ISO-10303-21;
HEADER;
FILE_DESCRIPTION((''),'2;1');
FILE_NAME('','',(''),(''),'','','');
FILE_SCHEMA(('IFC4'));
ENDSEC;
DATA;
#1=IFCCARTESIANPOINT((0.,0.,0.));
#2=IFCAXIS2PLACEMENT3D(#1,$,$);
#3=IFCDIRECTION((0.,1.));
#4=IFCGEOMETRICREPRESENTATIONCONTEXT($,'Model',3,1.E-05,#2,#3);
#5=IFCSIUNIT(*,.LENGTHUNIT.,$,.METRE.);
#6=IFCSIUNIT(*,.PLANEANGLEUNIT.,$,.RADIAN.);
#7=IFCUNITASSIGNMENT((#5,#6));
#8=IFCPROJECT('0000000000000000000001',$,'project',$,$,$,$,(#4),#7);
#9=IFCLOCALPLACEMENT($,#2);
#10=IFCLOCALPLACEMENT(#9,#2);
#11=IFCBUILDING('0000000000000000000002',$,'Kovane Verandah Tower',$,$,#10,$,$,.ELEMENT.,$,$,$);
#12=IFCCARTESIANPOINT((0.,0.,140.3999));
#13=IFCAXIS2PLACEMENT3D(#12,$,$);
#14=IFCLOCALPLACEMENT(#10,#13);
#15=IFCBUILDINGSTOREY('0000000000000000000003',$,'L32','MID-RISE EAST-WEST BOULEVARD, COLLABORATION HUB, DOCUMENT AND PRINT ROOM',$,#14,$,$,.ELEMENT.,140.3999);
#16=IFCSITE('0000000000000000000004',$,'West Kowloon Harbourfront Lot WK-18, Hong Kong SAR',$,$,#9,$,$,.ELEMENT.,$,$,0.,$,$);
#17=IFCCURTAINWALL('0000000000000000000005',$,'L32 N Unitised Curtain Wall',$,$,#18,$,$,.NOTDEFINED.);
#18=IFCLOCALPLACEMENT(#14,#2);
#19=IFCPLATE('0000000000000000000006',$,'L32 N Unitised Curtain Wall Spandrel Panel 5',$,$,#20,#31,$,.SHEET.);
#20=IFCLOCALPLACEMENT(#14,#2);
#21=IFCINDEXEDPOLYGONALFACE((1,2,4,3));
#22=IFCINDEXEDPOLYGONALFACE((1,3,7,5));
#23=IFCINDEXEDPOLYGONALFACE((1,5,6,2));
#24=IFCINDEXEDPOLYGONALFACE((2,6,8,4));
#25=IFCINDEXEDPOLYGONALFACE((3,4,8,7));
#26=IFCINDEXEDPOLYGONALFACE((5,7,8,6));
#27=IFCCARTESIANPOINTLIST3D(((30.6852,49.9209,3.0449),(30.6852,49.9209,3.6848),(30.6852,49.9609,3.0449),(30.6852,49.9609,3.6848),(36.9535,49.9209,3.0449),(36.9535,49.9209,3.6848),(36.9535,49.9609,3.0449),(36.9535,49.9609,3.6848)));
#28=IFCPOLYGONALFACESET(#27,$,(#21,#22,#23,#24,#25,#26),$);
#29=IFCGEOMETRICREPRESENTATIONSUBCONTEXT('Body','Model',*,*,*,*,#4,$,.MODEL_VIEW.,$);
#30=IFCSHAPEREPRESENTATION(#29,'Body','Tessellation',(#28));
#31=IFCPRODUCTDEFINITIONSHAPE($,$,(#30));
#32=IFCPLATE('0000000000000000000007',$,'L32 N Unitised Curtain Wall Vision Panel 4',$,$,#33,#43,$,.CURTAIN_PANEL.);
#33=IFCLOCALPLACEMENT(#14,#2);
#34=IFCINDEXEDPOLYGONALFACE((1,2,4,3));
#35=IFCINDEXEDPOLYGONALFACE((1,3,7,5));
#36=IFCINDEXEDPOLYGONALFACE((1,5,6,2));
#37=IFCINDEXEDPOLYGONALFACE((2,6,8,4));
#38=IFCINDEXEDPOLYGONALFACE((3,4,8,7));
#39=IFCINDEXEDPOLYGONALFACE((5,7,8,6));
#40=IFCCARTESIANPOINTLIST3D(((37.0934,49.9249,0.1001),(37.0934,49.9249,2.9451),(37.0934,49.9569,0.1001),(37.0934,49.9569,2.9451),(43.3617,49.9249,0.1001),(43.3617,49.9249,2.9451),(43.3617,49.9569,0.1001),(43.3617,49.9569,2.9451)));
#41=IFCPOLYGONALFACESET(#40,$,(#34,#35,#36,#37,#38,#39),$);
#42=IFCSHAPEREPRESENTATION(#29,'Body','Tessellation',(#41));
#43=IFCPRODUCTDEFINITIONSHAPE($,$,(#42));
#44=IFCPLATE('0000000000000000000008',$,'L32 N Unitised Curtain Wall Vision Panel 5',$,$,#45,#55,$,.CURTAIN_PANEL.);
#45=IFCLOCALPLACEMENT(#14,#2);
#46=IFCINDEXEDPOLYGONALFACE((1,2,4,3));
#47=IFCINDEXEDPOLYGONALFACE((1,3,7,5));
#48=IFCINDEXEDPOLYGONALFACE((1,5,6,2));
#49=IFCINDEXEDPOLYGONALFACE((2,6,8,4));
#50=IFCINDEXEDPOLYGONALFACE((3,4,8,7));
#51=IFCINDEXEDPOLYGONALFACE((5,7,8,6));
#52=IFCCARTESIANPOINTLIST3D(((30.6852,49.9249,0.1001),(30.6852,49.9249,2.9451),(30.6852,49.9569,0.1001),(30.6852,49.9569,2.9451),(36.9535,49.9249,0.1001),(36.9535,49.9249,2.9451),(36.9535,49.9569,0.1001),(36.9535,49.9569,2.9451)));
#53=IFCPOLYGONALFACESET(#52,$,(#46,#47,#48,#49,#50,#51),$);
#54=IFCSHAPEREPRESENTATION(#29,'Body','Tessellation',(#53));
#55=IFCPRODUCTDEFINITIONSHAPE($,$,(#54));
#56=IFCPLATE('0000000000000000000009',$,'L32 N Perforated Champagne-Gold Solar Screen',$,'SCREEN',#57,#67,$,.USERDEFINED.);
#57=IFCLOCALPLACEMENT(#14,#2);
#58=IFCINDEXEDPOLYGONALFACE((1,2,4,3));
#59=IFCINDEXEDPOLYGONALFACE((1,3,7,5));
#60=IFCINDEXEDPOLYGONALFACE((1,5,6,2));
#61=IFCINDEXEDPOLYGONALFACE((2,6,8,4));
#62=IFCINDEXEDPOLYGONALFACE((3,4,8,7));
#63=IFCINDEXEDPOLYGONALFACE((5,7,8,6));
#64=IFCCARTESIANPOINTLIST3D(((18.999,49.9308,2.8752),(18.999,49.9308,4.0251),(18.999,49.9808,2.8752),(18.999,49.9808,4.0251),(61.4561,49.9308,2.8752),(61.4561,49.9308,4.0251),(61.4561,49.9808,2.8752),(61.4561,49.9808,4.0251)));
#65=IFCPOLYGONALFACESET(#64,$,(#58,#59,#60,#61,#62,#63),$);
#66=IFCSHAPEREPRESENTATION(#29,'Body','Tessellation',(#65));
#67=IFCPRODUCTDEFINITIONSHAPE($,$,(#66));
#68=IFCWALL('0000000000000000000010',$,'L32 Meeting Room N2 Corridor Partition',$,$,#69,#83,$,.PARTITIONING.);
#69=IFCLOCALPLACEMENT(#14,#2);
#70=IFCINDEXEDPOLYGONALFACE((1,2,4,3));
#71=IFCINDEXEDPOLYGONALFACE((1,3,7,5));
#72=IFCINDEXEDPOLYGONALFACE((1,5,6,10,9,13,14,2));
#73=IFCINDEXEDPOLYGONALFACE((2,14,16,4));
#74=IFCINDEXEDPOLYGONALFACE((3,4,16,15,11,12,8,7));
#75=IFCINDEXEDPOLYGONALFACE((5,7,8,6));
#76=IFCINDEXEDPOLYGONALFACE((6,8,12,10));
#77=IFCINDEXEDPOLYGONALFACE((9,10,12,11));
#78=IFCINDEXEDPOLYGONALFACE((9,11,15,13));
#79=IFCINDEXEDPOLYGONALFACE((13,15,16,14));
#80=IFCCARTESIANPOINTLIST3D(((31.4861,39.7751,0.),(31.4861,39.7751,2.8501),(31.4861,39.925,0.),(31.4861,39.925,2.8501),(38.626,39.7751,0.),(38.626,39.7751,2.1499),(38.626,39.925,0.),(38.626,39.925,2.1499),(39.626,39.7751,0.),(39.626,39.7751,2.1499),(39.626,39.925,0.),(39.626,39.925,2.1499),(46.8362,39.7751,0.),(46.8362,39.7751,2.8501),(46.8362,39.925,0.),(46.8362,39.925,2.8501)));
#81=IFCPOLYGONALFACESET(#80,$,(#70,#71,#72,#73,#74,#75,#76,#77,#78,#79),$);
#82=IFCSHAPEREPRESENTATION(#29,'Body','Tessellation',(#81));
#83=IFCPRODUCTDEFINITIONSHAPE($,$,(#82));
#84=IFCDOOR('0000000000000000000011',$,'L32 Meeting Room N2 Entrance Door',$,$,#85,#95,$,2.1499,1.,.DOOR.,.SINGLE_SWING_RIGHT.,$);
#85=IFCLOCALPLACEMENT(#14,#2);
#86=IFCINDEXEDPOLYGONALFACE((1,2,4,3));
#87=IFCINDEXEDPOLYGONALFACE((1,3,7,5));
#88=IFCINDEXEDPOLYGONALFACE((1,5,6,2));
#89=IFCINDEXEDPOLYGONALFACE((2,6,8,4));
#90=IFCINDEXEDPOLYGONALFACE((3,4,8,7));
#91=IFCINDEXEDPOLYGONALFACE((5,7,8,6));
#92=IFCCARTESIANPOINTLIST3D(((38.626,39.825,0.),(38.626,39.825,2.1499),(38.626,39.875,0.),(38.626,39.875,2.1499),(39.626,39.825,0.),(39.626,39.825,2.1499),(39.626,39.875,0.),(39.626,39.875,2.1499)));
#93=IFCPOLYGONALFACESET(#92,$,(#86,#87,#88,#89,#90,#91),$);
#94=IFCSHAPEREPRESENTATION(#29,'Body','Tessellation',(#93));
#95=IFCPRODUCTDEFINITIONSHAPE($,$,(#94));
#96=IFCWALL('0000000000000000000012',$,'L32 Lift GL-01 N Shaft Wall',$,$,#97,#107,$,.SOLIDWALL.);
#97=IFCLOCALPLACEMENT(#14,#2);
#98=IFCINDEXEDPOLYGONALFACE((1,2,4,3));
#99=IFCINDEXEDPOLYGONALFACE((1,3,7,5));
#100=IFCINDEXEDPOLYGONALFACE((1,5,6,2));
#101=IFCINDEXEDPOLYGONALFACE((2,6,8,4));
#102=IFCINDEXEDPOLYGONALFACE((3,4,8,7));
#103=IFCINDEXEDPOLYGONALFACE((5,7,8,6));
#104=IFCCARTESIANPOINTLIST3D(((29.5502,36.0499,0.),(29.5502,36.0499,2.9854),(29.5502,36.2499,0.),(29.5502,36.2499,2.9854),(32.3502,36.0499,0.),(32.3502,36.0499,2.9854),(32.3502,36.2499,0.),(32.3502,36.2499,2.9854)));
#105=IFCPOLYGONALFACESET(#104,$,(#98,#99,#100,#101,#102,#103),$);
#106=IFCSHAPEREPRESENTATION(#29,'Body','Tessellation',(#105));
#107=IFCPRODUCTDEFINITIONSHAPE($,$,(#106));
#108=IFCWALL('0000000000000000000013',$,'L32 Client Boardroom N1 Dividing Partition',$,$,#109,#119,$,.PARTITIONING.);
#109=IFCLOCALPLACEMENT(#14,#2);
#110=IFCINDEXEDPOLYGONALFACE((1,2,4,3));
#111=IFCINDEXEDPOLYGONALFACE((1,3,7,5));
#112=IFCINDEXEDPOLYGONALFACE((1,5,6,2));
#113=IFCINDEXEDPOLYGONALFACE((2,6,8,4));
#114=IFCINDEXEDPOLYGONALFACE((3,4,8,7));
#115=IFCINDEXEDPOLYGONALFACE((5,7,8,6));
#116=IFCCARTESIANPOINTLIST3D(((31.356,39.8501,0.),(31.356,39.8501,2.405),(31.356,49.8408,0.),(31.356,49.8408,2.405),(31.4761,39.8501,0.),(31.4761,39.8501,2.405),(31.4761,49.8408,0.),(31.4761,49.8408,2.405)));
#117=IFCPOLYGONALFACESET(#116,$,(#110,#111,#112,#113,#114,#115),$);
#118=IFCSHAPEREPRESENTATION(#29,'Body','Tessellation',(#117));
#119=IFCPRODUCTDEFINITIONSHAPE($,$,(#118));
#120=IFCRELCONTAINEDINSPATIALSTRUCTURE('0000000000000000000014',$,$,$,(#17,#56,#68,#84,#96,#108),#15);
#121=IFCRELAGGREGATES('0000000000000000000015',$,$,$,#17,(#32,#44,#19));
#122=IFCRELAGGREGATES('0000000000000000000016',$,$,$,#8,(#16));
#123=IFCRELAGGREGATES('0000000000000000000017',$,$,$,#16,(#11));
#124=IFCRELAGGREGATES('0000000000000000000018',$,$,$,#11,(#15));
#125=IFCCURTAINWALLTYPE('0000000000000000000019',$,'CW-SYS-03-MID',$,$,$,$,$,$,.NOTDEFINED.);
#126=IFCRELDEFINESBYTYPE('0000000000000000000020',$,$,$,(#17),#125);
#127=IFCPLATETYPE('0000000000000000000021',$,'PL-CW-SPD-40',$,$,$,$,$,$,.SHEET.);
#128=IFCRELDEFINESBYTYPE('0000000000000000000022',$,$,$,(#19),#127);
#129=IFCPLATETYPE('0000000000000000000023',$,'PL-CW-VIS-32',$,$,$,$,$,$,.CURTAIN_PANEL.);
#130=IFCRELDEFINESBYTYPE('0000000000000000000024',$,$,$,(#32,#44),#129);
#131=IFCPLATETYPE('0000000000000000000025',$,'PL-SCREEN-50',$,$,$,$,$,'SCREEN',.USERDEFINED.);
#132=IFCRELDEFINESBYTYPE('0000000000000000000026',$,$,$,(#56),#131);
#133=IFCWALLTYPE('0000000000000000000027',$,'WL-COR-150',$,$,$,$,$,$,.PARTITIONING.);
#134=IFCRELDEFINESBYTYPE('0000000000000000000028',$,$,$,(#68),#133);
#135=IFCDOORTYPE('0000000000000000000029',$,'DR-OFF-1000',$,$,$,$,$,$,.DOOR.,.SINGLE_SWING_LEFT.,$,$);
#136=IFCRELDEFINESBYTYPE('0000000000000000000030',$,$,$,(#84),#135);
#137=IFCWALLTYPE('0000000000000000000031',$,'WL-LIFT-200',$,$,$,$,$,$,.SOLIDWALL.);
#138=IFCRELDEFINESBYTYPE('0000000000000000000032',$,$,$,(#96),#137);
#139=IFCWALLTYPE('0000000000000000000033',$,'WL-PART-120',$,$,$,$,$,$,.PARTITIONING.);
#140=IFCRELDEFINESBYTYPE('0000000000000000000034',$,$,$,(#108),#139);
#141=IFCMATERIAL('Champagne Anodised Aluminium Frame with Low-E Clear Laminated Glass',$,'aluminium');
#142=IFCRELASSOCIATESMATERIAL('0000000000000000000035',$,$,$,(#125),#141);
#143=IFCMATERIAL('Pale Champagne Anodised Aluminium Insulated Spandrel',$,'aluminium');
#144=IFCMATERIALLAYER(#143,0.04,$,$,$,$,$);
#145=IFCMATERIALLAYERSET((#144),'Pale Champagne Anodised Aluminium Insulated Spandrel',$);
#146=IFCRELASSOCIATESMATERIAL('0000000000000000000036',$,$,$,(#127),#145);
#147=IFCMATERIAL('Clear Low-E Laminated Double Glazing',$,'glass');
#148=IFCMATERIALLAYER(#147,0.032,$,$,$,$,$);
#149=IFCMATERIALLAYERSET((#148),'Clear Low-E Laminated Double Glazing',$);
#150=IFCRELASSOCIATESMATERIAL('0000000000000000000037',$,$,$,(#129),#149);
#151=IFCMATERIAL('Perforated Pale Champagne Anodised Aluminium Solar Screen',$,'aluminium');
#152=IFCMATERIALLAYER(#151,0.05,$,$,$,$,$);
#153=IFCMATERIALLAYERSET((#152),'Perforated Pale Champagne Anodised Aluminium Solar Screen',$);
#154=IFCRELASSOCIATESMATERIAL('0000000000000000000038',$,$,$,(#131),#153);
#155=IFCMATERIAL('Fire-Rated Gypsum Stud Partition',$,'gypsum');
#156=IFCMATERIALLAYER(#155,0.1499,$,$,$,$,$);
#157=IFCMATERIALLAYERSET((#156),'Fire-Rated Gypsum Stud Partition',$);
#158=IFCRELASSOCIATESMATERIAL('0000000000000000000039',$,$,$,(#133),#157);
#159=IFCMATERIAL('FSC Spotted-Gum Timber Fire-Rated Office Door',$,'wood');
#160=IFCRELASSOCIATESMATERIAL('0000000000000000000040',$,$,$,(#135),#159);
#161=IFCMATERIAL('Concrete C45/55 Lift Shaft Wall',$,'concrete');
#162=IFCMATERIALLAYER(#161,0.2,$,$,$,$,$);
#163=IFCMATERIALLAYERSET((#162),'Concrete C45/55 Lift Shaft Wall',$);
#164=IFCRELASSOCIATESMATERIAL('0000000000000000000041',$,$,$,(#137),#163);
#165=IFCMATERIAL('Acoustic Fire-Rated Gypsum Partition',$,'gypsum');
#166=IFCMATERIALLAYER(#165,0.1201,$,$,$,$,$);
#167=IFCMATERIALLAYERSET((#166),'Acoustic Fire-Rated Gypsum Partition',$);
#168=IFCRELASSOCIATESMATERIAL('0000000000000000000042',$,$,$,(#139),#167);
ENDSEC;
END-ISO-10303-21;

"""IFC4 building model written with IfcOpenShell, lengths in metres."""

from ifc_helpers import new_model, si_unit, direction, frame, frame_2d, origin, origin_2d, place, context, subcontext, project, spatial, rectangle, extrude, material, layer, layer_set, type_object, element, fill, aggregate, save


model = new_model("IFC4")

# Units and contexts
model_context = context("Model", 3, precision=1e-05, world=origin(), true_north=direction((0.0, 1.0)))
body_context = subcontext(model_context, "Body", "Model", "MODEL_VIEW")
ifc_project = project(units=[si_unit("LENGTHUNIT", "METRE"), si_unit("PLANEANGLEUNIT", "RADIAN")], contexts=[model_context])

# Site, building, storey
site_placement = place(None, origin())
site = spatial("IfcSite", under=ifc_project, at=site_placement, Name="West Kowloon Harbourfront Lot WK-18, Hong Kong SAR", CompositionType="ELEMENT", RefElevation=0.0)
building_placement = place(site_placement, origin())
building = spatial("IfcBuilding", under=site, at=building_placement, Name="Kovane Verandah Tower", CompositionType="ELEMENT")
storey_placement = place(building_placement, frame((0.0, 0.0, 140.3999)))
storey = spatial("IfcBuildingStorey", under=building, at=storey_placement, Name="L32", Description="MID-RISE EAST-WEST BOULEVARD, COLLABORATION HUB, DOCUMENT AND PRINT ROOM", CompositionType="ELEMENT", Elevation=140.3999)

# Curtain wall, plates
ifc_material_1 = material(Name="Champagne Anodised Aluminium Frame with Low-E Clear Laminated Glass", Category="aluminium")
curtain_wall_type = type_object("IfcCurtainWallType", Name="CW-SYS-03-MID", PredefinedType="NOTDEFINED", material=ifc_material_1)
curtain_wall_placement = place(storey_placement, origin())
curtain_wall = element("IfcCurtainWall", 1, at=curtain_wall_placement, inside=storey, type_object=curtain_wall_type, Name="L32 N Unitised Curtain Wall", PredefinedType="NOTDEFINED")
ifc_material_2 = material(Name="Pale Champagne Anodised Aluminium Insulated Spandrel", Category="aluminium")
ifc_layer_1 = layer(ifc_material_2, 0.04)
ifc_layer_set_1 = layer_set([ifc_layer_1], Name="Pale Champagne Anodised Aluminium Insulated Spandrel")
plate_type_1 = type_object("IfcPlateType", Name="PL-CW-SPD-40", PredefinedType="SHEET", material=ifc_layer_set_1)
plate_1_placement = place(storey_placement, frame((33.8193, 49.9409, 3.0449), z_axis=(0.0, 0.0, 1.0), x_axis=(-1.0, 0.0, 0.0)))
plate_1 = element("IfcPlate", 2, at=plate_1_placement, type_object=plate_type_1, Name="L32 N Unitised Curtain Wall Spandrel Panel 5", PredefinedType="SHEET", context=body_context, shape_type="SweptSolid", body=[
    extrude(rectangle(XDim=6.2683, YDim=0.04, at=origin_2d()), origin(), (0.0, 0.0, 1.0), 0.6399),
])
ifc_material_3 = material(Name="Clear Low-E Laminated Double Glazing", Category="glass")
ifc_layer_2 = layer(ifc_material_3, 0.032)
ifc_layer_set_2 = layer_set([ifc_layer_2], Name="Clear Low-E Laminated Double Glazing")
plate_type_2 = type_object("IfcPlateType", Name="PL-CW-VIS-32", PredefinedType="CURTAIN_PANEL", material=ifc_layer_set_2)
plate_2_placement = place(storey_placement, frame((40.2275, 49.9409, 0.1001), z_axis=(0.0, 0.0, 1.0), x_axis=(-1.0, 0.0, 0.0)))
plate_2 = element("IfcPlate", 3, at=plate_2_placement, type_object=plate_type_2, Name="L32 N Unitised Curtain Wall Vision Panel 4", PredefinedType="CURTAIN_PANEL", context=body_context, shape_type="SweptSolid", body=[
    extrude(rectangle(XDim=6.2683, YDim=0.032, at=origin_2d()), origin(), (0.0, 0.0, 1.0), 2.845),
])
plate_3_placement = place(storey_placement, frame((33.8193, 49.9409, 0.1001), z_axis=(0.0, 0.0, 1.0), x_axis=(-1.0, 0.0, 0.0)))
plate_3 = element("IfcPlate", 4, at=plate_3_placement, type_object=plate_type_2, Name="L32 N Unitised Curtain Wall Vision Panel 5", PredefinedType="CURTAIN_PANEL", context=body_context, shape_type="SweptSolid", body=[
    extrude(rectangle(XDim=6.2683, YDim=0.032, at=origin_2d()), origin(), (0.0, 0.0, 1.0), 2.845),
])
aggregate(curtain_wall, [plate_2, plate_3, plate_1])

# Plate
ifc_material_4 = material(Name="Perforated Pale Champagne Anodised Aluminium Solar Screen", Category="aluminium")
ifc_layer_3 = layer(ifc_material_4, 0.05)
ifc_layer_set_3 = layer_set([ifc_layer_3], Name="Perforated Pale Champagne Anodised Aluminium Solar Screen")
plate_type_3 = type_object("IfcPlateType", Name="PL-SCREEN-50", ElementType="SCREEN", PredefinedType="USERDEFINED", material=ifc_layer_set_3)
plate_4_placement = place(storey_placement, frame((40.2275, 49.9558, 2.8752), z_axis=(0.0, 0.0, 1.0), x_axis=(-1.0, 0.0, 0.0)))
element("IfcPlate", 5, at=plate_4_placement, inside=storey, type_object=plate_type_3, Name="L32 N Perforated Champagne-Gold Solar Screen", ObjectType="SCREEN", PredefinedType="USERDEFINED", context=body_context, shape_type="SweptSolid", body=[
    extrude(rectangle(XDim=42.457, YDim=0.05, at=origin_2d()), origin(), (0.0, 0.0, 1.0), 1.1499),
])

# Wall, opening, door
ifc_material_5 = material(Name="Fire-Rated Gypsum Stud Partition", Category="gypsum")
ifc_layer_4 = layer(ifc_material_5, 0.1499)
ifc_layer_set_4 = layer_set([ifc_layer_4], Name="Fire-Rated Gypsum Stud Partition")
wall_type_1 = type_object("IfcWallType", Name="WL-COR-150", PredefinedType="PARTITIONING", material=ifc_layer_set_4)
wall_1_placement = place(storey_placement, frame((31.4861, 39.8501, 0.0), z_axis=(0.0, 0.0, 1.0), x_axis=(1.0, 0.0, 0.0)))
wall_1 = element("IfcWall", 6, at=wall_1_placement, inside=storey, type_object=wall_type_1, Name="L32 Meeting Room N2 Corridor Partition", PredefinedType="PARTITIONING", context=body_context, shape_type="SweptSolid", body=[
    extrude(rectangle(XDim=15.3501, YDim=0.1499, at=frame_2d((7.675, 0.0))), origin(), (0.0, 0.0, 1.0), 2.8501),
])
opening_1_placement = place(wall_1_placement, frame((7.1399, 0.0, 0.0)))
opening_1 = element("IfcOpeningElement", 7, at=opening_1_placement, cuts=wall_1, PredefinedType="OPENING", context=body_context, shape_type="SweptSolid", body=[
    extrude(rectangle(XDim=1.0, YDim=2.1499, at=frame_2d((0.5, 1.075))), frame((0.0, 0.075, 0.0), z_axis=(0.0, -1.0, 0.0), x_axis=(1.0, 0.0, 0.0)), (0.0, 0.0, 1.0), 0.1499),
])
ifc_material_6 = material(Name="FSC Spotted-Gum Timber Fire-Rated Office Door", Category="wood")
door_type_1 = type_object("IfcDoorType", Name="DR-OFF-1000", OperationType="SINGLE_SWING_LEFT", PredefinedType="DOOR", material=ifc_material_6)
door_1_placement = place(opening_1_placement, origin())
door_1 = element("IfcDoor", 8, at=door_1_placement, inside=storey, type_object=door_type_1, Name="L32 Meeting Room N2 Entrance Door", OperationType="SINGLE_SWING_RIGHT", OverallHeight=2.1499, OverallWidth=1.0, PredefinedType="DOOR", context=body_context, shape_type="SweptSolid", body=[
    extrude(rectangle(XDim=1.0, YDim=2.1499, at=frame_2d((0.5, 1.075))), frame((0.0, 0.0249, 0.0), z_axis=(0.0, -1.0, 0.0), x_axis=(1.0, 0.0, 0.0)), (0.0, 0.0, 1.0), 0.05),
])
fill(opening_1, door_1)

# Walls
ifc_material_7 = material(Name="Concrete C45/55 Lift Shaft Wall", Category="concrete")
ifc_layer_5 = layer(ifc_material_7, 0.2)
ifc_layer_set_5 = layer_set([ifc_layer_5], Name="Concrete C45/55 Lift Shaft Wall")
wall_type_2 = type_object("IfcWallType", Name="WL-LIFT-200", PredefinedType="SOLIDWALL", material=ifc_layer_set_5)
wall_2_placement = place(storey_placement, frame((32.3501, 36.1499, 0.0), z_axis=(0.0, 0.0, 1.0), x_axis=(-1.0, 0.0, 0.0)))
element("IfcWall", 9, at=wall_2_placement, inside=storey, type_object=wall_type_2, Name="L32 Lift GL-01 N Shaft Wall", PredefinedType="SOLIDWALL", context=body_context, shape_type="SweptSolid", body=[
    extrude(rectangle(XDim=2.8, YDim=0.2, at=frame_2d((1.3999, 0.0))), origin(), (0.0, 0.0, 1.0), 2.9854),
])
ifc_material_8 = material(Name="Acoustic Fire-Rated Gypsum Partition", Category="gypsum")
ifc_layer_6 = layer(ifc_material_8, 0.1201)
ifc_layer_set_6 = layer_set([ifc_layer_6], Name="Acoustic Fire-Rated Gypsum Partition")
wall_type_3 = type_object("IfcWallType", Name="WL-PART-120", PredefinedType="PARTITIONING", material=ifc_layer_set_6)
wall_3_placement = place(storey_placement, frame((31.416, 39.8501, 0.0), z_axis=(0.0, 0.0, 1.0), x_axis=(0.0, 1.0, 0.0)))
element("IfcWall", 10, at=wall_3_placement, inside=storey, type_object=wall_type_3, Name="L32 Client Boardroom N1 Dividing Partition", PredefinedType="PARTITIONING", context=body_context, shape_type="SweptSolid", body=[
    extrude(rectangle(XDim=9.9907, YDim=0.1201, at=frame_2d((4.9954, 0.0))), origin(), (0.0, 0.0, 1.0), 2.405),
])

save(model, "model.ifc")
